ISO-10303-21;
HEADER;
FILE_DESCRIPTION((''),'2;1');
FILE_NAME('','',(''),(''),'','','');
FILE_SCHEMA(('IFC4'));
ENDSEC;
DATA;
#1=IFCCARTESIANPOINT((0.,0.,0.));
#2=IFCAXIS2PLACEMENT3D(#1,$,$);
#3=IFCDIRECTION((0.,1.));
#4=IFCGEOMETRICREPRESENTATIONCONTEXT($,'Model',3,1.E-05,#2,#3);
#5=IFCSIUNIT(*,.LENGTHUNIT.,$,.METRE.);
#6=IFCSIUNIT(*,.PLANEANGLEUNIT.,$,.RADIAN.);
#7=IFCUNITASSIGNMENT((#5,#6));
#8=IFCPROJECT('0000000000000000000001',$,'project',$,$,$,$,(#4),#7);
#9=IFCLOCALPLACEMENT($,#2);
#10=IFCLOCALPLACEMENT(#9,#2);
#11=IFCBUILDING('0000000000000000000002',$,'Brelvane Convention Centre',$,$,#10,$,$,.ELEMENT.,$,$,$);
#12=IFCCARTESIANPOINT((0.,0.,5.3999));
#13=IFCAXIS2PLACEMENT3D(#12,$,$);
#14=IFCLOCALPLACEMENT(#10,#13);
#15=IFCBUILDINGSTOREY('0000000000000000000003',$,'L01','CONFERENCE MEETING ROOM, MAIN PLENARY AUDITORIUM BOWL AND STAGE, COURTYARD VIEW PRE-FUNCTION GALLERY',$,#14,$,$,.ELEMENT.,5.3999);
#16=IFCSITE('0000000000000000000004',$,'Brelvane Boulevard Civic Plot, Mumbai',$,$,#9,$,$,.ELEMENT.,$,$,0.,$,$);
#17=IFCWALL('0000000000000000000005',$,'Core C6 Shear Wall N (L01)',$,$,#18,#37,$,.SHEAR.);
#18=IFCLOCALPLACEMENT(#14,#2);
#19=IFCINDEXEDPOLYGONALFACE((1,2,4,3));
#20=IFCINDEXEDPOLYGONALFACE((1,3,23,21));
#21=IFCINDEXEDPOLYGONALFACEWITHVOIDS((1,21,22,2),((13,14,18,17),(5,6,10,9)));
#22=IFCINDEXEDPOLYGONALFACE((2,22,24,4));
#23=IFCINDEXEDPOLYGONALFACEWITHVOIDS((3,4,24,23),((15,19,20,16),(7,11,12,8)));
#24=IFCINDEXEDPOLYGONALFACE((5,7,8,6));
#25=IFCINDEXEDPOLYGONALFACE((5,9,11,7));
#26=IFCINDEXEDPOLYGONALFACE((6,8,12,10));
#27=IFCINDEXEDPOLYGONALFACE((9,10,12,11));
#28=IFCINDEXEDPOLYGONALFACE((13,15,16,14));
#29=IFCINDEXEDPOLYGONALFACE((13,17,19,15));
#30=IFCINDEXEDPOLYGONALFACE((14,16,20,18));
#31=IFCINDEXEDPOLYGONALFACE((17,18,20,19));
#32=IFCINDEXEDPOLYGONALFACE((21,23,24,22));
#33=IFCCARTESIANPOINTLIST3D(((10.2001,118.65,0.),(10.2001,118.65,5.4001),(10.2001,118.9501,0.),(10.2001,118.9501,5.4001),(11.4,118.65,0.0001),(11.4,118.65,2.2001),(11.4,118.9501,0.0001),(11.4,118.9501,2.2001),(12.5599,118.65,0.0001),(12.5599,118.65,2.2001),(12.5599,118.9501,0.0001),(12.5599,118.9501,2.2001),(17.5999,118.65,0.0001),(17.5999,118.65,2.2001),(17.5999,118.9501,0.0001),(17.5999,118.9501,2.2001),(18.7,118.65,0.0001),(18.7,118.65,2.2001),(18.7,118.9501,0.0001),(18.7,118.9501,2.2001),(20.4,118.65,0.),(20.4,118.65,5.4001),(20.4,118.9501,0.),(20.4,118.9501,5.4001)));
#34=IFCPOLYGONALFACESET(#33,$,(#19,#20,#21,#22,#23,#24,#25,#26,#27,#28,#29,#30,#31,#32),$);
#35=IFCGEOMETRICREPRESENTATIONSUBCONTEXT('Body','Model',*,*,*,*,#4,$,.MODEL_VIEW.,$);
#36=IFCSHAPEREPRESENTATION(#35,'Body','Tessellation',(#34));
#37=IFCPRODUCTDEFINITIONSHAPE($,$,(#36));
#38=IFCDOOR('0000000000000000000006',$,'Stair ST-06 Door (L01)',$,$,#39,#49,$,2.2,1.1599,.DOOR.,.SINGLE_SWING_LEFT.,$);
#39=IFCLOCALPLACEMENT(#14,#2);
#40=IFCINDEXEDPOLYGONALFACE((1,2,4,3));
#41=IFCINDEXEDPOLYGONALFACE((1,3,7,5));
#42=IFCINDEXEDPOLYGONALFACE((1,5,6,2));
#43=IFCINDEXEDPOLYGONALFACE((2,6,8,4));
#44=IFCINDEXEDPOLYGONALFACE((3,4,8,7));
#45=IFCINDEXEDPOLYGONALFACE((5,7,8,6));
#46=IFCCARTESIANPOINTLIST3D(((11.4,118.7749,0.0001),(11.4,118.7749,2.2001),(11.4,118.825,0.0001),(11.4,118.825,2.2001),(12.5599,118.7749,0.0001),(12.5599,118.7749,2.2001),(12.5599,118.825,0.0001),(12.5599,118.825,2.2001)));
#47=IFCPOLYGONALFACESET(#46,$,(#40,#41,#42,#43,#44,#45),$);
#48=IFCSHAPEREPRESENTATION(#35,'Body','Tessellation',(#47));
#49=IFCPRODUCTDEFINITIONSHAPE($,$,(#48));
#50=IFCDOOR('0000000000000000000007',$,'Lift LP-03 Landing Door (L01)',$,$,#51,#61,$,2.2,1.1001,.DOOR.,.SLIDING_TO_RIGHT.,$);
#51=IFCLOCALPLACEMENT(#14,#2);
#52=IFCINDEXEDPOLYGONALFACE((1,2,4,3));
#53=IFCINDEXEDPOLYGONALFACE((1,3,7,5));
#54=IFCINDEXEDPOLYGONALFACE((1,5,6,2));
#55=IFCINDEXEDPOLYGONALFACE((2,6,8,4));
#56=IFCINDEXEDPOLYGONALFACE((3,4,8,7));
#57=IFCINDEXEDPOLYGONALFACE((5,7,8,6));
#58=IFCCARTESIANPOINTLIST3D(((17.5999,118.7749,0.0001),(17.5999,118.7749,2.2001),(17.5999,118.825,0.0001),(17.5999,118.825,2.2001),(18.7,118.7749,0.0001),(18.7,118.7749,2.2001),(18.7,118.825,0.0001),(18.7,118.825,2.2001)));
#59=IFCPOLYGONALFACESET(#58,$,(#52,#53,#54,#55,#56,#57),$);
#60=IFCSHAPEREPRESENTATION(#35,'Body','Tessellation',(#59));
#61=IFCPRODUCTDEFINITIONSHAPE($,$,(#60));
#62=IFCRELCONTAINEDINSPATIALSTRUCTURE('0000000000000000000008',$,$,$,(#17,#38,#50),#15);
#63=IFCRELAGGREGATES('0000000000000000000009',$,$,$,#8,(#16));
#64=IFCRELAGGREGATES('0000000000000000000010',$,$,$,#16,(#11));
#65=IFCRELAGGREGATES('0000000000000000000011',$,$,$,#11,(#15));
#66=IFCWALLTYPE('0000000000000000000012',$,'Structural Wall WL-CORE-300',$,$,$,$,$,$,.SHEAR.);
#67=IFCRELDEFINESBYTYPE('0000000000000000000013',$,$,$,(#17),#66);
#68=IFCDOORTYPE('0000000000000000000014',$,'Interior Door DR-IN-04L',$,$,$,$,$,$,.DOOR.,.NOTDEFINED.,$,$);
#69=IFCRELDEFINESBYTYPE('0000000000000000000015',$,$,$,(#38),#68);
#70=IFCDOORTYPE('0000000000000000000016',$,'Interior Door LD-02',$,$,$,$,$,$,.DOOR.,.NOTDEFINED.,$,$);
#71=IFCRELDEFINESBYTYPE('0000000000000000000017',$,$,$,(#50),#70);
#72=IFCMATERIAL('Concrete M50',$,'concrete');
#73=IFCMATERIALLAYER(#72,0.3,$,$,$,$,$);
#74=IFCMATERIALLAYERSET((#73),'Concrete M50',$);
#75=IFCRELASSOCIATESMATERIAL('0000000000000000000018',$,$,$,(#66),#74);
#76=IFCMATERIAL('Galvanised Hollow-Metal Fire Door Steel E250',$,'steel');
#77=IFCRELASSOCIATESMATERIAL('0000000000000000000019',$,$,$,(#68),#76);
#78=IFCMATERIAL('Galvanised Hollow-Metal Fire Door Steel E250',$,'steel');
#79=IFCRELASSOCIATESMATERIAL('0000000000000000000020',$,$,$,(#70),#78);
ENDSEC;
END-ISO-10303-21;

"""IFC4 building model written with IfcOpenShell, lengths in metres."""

from ifc_helpers import new_model, si_unit, direction, frame, frame_2d, origin, place, context, subcontext, project, spatial, rectangle, extrude, material, layer, layer_set, type_object, element, fill, save


model = new_model("IFC4")

# Units and contexts
model_context = context("Model", 3, precision=1e-05, world=origin(), true_north=direction((0.0, 1.0)))
body_context = subcontext(model_context, "Body", "Model", "MODEL_VIEW")
ifc_project = project(units=[si_unit("LENGTHUNIT", "METRE"), si_unit("PLANEANGLEUNIT", "RADIAN")], contexts=[model_context])

# Site, building, storey
site_placement = place(None, origin())
site = spatial("IfcSite", under=ifc_project, at=site_placement, Name="Brelvane Boulevard Civic Plot, Mumbai", CompositionType="ELEMENT", RefElevation=0.0)
building_placement = place(site_placement, origin())
building = spatial("IfcBuilding", under=site, at=building_placement, Name="Brelvane Convention Centre", CompositionType="ELEMENT")
storey_placement = place(building_placement, frame((0.0, 0.0, 5.3999)))
storey = spatial("IfcBuildingStorey", under=building, at=storey_placement, Name="L01", Description="CONFERENCE MEETING ROOM, MAIN PLENARY AUDITORIUM BOWL AND STAGE, COURTYARD VIEW PRE-FUNCTION GALLERY", CompositionType="ELEMENT", Elevation=5.3999)

# Wall, openings, doors
ifc_material_1 = material(Name="Concrete M50", Category="concrete")
ifc_layer_1 = layer(ifc_material_1, 0.3)
ifc_layer_set_1 = layer_set([ifc_layer_1], Name="Concrete M50")
wall_type_1 = type_object("IfcWallType", Name="Structural Wall WL-CORE-300", PredefinedType="SHEAR", material=ifc_layer_set_1)
wall_1_placement = place(storey_placement, frame((10.2, 118.8, 0.0), z_axis=(0.0, 0.0, 1.0), x_axis=(1.0, 0.0, 0.0)))
wall_1 = element("IfcWall", 1, at=wall_1_placement, inside=storey, type_object=wall_type_1, Name="Core C6 Shear Wall N (L01)", PredefinedType="SHEAR", context=body_context, shape_type="SweptSolid", body=[
    extrude(rectangle(XDim=10.2, YDim=0.3, at=frame_2d((5.1001, 0.0))), origin(), (0.0, 0.0, 1.0), 5.4001),
])
opening_1_placement = place(wall_1_placement, frame((1.2, 0.0, 0.0)))
opening_1 = element("IfcOpeningElement", 2, at=opening_1_placement, cuts=wall_1, PredefinedType="OPENING", context=body_context, shape_type="SweptSolid", body=[
    extrude(rectangle(XDim=1.1599, YDim=2.2, at=frame_2d((0.5801, 1.1001))), frame((0.0, 0.1599, 0.0), z_axis=(0.0, -1.0, 0.0), x_axis=(1.0, 0.0, 0.0)), (0.0, 0.0, 1.0), 0.3201),
])
opening_2_placement = place(wall_1_placement, frame((7.3999, 0.0, 0.0)))
opening_2 = element("IfcOpeningElement", 3, at=opening_2_placement, cuts=wall_1, PredefinedType="OPENING", context=body_context, shape_type="SweptSolid", body=[
    extrude(rectangle(XDim=1.1001, YDim=2.2, at=frame_2d((0.55, 1.1001))), frame((0.0, 0.1599, 0.0), z_axis=(0.0, -1.0, 0.0), x_axis=(1.0, 0.0, 0.0)), (0.0, 0.0, 1.0), 0.3201),
])
ifc_material_2 = material(Name="Galvanised Hollow-Metal Fire Door Steel E250", Category="steel")
door_type_1 = type_object("IfcDoorType", Name="Interior Door DR-IN-04L", OperationType="NOTDEFINED", PredefinedType="DOOR", material=ifc_material_2)
door_1_placement = place(opening_1_placement, origin())
door_1 = element("IfcDoor", 4, at=door_1_placement, inside=storey, type_object=door_type_1, Name="Stair ST-06 Door (L01)", OperationType="SINGLE_SWING_LEFT", OverallHeight=2.2, OverallWidth=1.1599, PredefinedType="DOOR", context=body_context, shape_type="SweptSolid", body=[
    extrude(rectangle(XDim=1.1599, YDim=2.2, at=frame_2d((0.5801, 1.1001))), frame((0.0, 0.0249, 0.0), z_axis=(0.0, -1.0, 0.0), x_axis=(1.0, 0.0, 0.0)), (0.0, 0.0, 1.0), 0.05),
])
fill(opening_1, door_1)
ifc_material_3 = material(Name="Galvanised Hollow-Metal Fire Door Steel E250", Category="steel")
door_type_2 = type_object("IfcDoorType", Name="Interior Door LD-02", OperationType="NOTDEFINED", PredefinedType="DOOR", material=ifc_material_3)
door_2_placement = place(opening_2_placement, origin())
door_2 = element("IfcDoor", 5, at=door_2_placement, inside=storey, type_object=door_type_2, Name="Lift LP-03 Landing Door (L01)", OperationType="SLIDING_TO_RIGHT", OverallHeight=2.2, OverallWidth=1.1001, PredefinedType="DOOR", context=body_context, shape_type="SweptSolid", body=[
    extrude(rectangle(XDim=1.1001, YDim=2.2, at=frame_2d((0.55, 1.1001))), frame((0.0, 0.0249, 0.0), z_axis=(0.0, -1.0, 0.0), x_axis=(1.0, 0.0, 0.0)), (0.0, 0.0, 1.0), 0.05),
])
fill(opening_2, door_2)

save(model, "model.ifc")
